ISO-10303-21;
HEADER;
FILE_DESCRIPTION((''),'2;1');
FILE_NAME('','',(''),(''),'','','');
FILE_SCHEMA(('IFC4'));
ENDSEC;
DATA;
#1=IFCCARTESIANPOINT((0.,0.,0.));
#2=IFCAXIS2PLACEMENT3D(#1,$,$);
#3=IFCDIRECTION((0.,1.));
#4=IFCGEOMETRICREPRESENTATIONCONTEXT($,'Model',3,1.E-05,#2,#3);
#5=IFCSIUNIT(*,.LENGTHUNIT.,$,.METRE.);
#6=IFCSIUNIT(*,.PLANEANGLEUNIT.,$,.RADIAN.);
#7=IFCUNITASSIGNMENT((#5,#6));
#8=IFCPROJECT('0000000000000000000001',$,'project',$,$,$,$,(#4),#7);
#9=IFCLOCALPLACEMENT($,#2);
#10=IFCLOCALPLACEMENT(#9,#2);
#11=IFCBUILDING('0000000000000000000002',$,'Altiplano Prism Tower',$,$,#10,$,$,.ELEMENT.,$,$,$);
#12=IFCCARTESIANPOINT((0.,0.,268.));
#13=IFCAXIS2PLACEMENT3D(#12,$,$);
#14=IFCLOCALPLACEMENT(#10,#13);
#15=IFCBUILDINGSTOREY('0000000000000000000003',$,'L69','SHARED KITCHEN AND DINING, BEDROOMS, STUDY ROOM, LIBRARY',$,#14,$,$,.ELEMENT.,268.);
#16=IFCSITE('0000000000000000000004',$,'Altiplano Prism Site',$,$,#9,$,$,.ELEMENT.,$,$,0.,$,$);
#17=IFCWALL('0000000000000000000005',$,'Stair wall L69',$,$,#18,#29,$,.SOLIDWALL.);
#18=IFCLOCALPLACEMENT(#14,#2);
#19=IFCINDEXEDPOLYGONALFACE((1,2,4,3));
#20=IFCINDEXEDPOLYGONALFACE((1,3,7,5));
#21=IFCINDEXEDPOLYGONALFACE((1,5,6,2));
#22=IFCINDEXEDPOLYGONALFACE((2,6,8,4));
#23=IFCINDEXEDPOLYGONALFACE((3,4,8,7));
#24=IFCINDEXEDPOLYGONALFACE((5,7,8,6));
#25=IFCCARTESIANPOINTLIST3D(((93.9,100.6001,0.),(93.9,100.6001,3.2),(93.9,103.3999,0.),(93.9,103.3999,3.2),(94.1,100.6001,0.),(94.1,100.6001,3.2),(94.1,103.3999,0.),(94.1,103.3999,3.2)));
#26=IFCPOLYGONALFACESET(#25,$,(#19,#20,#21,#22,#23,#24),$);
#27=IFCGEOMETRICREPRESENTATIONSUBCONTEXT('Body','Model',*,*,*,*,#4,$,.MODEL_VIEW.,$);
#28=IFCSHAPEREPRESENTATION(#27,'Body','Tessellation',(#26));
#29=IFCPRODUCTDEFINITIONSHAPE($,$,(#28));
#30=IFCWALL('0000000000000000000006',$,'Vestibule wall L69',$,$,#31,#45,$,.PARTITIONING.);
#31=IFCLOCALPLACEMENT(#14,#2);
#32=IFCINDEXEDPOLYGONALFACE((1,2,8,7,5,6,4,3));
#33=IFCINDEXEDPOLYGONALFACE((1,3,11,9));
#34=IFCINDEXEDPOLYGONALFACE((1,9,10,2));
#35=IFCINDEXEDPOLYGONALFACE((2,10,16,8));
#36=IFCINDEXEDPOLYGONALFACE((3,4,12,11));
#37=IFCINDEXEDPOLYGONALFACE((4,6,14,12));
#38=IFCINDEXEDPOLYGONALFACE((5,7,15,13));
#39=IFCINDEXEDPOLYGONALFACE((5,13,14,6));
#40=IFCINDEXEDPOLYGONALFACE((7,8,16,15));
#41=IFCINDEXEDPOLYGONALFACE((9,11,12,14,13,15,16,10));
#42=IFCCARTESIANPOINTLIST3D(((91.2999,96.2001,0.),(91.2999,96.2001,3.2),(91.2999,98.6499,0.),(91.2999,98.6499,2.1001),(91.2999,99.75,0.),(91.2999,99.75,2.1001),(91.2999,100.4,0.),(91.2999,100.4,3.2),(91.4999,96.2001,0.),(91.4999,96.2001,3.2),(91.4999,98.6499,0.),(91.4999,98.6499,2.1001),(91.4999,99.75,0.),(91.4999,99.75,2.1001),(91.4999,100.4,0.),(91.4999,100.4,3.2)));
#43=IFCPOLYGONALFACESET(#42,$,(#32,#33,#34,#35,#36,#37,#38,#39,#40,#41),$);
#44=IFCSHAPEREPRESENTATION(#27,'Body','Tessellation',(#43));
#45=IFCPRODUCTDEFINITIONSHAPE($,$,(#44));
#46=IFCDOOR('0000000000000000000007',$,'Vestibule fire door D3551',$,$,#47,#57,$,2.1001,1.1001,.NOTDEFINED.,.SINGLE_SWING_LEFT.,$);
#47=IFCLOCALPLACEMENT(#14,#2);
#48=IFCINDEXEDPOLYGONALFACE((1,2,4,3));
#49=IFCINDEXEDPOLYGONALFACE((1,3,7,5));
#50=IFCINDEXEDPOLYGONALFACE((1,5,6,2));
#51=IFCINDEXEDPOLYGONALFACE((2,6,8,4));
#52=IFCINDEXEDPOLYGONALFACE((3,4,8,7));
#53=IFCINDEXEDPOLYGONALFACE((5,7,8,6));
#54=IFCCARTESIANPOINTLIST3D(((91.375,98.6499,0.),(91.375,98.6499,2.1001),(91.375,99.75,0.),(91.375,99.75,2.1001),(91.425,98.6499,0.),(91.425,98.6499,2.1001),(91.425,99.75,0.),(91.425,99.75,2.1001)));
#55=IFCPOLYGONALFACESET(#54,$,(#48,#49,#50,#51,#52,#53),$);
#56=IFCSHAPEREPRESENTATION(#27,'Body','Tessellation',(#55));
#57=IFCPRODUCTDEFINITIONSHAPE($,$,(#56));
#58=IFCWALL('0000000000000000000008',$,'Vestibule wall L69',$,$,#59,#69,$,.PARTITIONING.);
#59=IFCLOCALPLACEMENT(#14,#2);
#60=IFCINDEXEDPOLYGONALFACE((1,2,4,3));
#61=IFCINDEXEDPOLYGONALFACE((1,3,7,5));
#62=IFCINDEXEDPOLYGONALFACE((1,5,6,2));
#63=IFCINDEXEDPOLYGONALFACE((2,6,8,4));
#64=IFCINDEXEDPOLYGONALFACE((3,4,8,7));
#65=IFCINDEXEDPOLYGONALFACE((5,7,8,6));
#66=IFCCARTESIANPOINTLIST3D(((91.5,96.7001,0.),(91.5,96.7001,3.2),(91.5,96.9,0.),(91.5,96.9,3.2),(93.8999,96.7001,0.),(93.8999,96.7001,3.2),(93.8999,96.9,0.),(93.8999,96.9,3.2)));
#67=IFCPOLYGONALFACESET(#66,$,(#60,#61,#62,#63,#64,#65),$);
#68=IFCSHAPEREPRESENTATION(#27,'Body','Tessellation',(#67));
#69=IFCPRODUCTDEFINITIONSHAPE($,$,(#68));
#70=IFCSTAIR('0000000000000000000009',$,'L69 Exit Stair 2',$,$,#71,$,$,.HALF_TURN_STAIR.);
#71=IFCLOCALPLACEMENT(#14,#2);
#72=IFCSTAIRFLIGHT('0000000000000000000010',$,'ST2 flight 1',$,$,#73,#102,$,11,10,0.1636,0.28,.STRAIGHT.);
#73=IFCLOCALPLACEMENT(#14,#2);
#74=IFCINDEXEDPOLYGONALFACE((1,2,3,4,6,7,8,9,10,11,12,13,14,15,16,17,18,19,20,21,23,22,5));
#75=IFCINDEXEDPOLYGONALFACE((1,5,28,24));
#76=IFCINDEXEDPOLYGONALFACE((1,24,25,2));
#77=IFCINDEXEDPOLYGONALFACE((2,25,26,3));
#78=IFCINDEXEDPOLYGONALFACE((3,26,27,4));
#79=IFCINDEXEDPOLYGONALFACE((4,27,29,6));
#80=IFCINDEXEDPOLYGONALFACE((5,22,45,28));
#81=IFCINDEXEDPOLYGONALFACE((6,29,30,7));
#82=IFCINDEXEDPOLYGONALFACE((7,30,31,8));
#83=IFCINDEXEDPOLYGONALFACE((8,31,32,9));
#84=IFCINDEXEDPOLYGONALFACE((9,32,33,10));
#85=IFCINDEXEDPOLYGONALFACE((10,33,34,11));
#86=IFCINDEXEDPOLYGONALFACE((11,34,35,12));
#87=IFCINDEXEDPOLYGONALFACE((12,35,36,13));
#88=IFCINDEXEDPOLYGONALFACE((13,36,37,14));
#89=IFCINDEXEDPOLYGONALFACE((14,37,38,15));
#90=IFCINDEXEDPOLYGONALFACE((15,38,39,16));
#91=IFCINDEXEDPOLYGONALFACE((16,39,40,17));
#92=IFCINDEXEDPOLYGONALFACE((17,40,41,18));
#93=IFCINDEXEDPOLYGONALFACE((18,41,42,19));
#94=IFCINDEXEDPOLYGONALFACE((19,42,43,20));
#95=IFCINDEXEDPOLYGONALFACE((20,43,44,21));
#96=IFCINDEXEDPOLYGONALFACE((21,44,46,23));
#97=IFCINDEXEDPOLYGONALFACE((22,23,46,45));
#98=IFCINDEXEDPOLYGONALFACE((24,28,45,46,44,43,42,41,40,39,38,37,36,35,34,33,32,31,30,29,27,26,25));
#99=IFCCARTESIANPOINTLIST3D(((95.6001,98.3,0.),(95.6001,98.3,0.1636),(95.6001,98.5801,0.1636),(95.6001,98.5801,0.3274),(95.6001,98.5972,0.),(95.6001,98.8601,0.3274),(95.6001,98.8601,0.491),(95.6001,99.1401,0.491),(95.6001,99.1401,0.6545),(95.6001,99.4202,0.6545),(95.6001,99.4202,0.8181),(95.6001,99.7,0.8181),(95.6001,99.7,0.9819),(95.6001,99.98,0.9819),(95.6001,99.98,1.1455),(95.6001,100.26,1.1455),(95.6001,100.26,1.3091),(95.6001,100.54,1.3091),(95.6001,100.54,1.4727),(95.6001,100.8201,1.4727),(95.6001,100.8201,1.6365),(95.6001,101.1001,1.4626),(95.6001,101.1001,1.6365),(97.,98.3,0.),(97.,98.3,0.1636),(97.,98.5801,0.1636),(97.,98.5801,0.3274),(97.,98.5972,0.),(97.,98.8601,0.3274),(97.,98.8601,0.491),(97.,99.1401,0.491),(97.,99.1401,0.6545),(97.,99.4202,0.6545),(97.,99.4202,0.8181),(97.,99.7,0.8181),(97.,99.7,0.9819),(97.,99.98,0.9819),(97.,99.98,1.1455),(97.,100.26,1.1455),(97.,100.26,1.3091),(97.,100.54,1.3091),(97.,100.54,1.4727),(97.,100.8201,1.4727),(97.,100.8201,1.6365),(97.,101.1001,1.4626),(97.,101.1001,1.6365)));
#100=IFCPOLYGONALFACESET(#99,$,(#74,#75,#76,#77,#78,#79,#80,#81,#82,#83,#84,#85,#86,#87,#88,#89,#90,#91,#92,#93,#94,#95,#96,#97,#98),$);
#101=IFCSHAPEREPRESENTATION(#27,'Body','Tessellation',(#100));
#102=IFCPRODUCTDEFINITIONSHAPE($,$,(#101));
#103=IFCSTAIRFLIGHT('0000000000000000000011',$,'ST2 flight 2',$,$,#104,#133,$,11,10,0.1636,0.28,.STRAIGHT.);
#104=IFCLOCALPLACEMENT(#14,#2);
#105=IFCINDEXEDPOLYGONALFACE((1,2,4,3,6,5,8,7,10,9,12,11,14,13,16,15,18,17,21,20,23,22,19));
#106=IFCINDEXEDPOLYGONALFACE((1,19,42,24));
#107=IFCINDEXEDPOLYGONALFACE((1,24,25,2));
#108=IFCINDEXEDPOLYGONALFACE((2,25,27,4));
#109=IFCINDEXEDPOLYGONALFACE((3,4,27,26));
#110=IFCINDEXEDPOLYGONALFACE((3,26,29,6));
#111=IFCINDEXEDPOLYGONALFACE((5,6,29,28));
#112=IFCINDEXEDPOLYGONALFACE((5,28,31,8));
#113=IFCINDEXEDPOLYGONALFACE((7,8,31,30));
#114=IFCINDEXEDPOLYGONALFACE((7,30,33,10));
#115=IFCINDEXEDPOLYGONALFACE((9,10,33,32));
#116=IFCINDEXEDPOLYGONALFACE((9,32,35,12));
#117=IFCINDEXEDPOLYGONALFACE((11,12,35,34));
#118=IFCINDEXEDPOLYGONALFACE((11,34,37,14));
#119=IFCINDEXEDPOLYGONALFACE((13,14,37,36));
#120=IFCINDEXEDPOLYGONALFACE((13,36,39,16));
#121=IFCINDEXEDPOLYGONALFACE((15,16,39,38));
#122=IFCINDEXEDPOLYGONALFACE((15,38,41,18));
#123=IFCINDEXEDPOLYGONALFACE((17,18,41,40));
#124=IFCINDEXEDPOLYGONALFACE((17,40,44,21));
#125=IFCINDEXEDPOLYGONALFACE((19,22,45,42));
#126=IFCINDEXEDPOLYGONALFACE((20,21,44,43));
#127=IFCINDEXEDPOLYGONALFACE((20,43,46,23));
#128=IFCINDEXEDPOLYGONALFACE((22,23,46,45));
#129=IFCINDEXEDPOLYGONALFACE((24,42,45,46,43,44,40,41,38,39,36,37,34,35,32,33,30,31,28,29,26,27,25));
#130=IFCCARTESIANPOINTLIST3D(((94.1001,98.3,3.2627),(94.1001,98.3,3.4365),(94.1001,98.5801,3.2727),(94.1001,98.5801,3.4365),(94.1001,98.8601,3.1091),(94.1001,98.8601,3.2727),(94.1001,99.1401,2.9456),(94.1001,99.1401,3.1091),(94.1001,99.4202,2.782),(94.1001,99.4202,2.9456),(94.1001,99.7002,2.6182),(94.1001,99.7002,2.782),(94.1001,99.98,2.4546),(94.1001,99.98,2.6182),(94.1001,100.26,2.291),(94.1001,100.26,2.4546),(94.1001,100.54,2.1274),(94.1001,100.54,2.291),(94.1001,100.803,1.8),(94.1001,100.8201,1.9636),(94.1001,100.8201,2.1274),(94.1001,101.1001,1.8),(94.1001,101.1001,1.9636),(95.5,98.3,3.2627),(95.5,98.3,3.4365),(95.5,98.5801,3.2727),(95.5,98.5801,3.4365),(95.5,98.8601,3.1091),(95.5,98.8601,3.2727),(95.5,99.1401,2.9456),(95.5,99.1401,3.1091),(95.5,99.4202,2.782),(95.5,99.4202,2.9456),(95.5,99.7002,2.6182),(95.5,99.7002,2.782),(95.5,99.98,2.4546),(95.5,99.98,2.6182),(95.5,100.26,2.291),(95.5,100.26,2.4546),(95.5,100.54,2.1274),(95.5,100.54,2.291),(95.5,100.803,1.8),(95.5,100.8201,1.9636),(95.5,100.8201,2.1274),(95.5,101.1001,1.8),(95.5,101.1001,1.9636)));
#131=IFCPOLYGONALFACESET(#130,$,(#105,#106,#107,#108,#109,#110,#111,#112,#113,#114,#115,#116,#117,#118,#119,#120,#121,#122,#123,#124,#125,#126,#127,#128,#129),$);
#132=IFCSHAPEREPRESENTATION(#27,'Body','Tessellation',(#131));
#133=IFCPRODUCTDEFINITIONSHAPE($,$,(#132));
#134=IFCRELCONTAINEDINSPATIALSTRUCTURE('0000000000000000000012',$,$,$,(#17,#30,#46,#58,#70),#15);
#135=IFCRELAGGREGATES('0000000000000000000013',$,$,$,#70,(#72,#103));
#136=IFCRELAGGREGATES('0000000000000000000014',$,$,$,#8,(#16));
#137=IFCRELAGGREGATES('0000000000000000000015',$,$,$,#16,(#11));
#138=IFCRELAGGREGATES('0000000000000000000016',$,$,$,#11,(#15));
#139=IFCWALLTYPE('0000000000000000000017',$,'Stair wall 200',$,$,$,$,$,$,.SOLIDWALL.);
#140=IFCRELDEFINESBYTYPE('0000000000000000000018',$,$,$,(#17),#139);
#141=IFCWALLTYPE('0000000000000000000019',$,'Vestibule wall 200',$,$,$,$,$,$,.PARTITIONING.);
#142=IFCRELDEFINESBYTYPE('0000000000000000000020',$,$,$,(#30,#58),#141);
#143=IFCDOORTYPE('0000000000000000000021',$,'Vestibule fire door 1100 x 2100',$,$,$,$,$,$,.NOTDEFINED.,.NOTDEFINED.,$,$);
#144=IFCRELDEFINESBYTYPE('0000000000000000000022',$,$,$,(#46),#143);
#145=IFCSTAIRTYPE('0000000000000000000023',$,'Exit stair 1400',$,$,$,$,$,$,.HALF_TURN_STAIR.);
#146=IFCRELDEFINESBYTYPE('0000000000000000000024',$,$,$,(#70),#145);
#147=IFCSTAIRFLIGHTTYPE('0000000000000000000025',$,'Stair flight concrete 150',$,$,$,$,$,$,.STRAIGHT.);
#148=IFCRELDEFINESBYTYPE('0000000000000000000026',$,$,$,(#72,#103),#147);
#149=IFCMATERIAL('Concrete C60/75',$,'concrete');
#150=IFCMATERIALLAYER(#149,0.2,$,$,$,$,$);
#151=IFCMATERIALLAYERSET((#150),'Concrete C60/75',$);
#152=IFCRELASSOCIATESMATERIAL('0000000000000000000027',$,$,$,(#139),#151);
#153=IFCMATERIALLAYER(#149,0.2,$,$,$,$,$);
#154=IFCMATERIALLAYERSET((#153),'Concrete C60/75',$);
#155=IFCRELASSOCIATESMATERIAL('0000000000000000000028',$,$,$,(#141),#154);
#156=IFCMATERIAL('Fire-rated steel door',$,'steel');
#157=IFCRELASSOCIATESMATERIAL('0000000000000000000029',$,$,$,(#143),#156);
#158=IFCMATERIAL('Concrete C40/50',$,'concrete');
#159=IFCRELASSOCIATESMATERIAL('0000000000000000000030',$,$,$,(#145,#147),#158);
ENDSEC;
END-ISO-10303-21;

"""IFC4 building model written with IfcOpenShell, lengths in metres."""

from ifc_helpers import new_model, si_unit, direction, frame, frame_2d, origin, place, context, subcontext, project, spatial, polyline, rectangle, outline, extrude, material, layer, layer_set, type_object, element, fill, aggregate, save


model = new_model("IFC4")

# Units and contexts
model_context = context("Model", 3, precision=1e-05, world=origin(), true_north=direction((0.0, 1.0)))
body_context = subcontext(model_context, "Body", "Model", "MODEL_VIEW")
ifc_project = project(units=[si_unit("LENGTHUNIT", "METRE"), si_unit("PLANEANGLEUNIT", "RADIAN")], contexts=[model_context])

# Site, building, storey
site_placement = place(None, origin())
site = spatial("IfcSite", under=ifc_project, at=site_placement, Name="Altiplano Prism Site", CompositionType="ELEMENT", RefElevation=0.0)
building_placement = place(site_placement, origin())
building = spatial("IfcBuilding", under=site, at=building_placement, Name="Altiplano Prism Tower", CompositionType="ELEMENT")
storey_placement = place(building_placement, frame((0.0, 0.0, 268.0)))
storey = spatial("IfcBuildingStorey", under=building, at=storey_placement, Name="L69", Description="SHARED KITCHEN AND DINING, BEDROOMS, STUDY ROOM, LIBRARY", CompositionType="ELEMENT", Elevation=268.0)

# Shared definitions
ifc_material_1 = material(Name="Concrete C60/75", Category="concrete")

# Shared definitions
ifc_layer_1 = layer(ifc_material_1, 0.2)
ifc_layer_set_1 = layer_set([ifc_layer_1], Name="Concrete C60/75")
wall_type_1 = type_object("IfcWallType", Name="Stair wall 200", PredefinedType="SOLIDWALL", material=ifc_layer_set_1)
ifc_material_2 = material(Name="Fire-rated steel door", Category="steel")

# Wall
wall_1_placement = place(storey_placement, frame((94.0, 100.6001, 0.0), z_axis=(0.0, 0.0, 1.0), x_axis=(0.0, 1.0, 0.0)))
element("IfcWall", 1, at=wall_1_placement, inside=storey, type_object=wall_type_1, Name="Stair wall L69", PredefinedType="SOLIDWALL", context=body_context, shape_type="SweptSolid", body=[
    extrude(rectangle(XDim=2.7998, YDim=0.2, at=frame_2d((1.3999, 0.0))), origin(), (0.0, 0.0, 1.0), 3.2),
])

# Wall, opening, door
ifc_layer_2 = layer(ifc_material_1, 0.2)
ifc_layer_set_2 = layer_set([ifc_layer_2], Name="Concrete C60/75")
wall_type_2 = type_object("IfcWallType", Name="Vestibule wall 200", PredefinedType="PARTITIONING", material=ifc_layer_set_2)
wall_2_placement = place(storey_placement, frame((91.3999, 96.2, 0.0), z_axis=(0.0, 0.0, 1.0), x_axis=(0.0, 1.0, 0.0)))
wall_2 = element("IfcWall", 2, at=wall_2_placement, inside=storey, type_object=wall_type_2, Name="Vestibule wall L69", PredefinedType="PARTITIONING", context=body_context, shape_type="SweptSolid", body=[
    extrude(rectangle(XDim=4.2, YDim=0.2, at=frame_2d((2.1001, 0.0))), origin(), (0.0, 0.0, 1.0), 3.2),
])
opening_1_placement = place(wall_2_placement, frame((2.45, 0.0, 0.0)))
opening_1 = element("IfcOpeningElement", 3, at=opening_1_placement, cuts=wall_2, PredefinedType="OPENING", context=body_context, shape_type="SweptSolid", body=[
    extrude(rectangle(XDim=1.1001, YDim=2.1001, at=frame_2d((0.55, 1.05))), frame((0.0, 0.1104, 0.0), z_axis=(0.0, -1.0, 0.0), x_axis=(1.0, 0.0, 0.0)), (0.0, 0.0, 1.0), 0.2209),
])
door_type_1 = type_object("IfcDoorType", Name="Vestibule fire door 1100 x 2100", OperationType="NOTDEFINED", PredefinedType="NOTDEFINED", material=ifc_material_2)
door_1_placement = place(opening_1_placement, origin())
door_1 = element("IfcDoor", 4, at=door_1_placement, inside=storey, type_object=door_type_1, Name="Vestibule fire door D3551", OperationType="SINGLE_SWING_LEFT", OverallHeight=2.1001, OverallWidth=1.1001, PredefinedType="NOTDEFINED", context=body_context, shape_type="SweptSolid", body=[
    extrude(rectangle(XDim=1.1001, YDim=2.1001, at=frame_2d((0.55, 1.05))), frame((0.0, 0.0249, 0.0), z_axis=(0.0, -1.0, 0.0), x_axis=(1.0, 0.0, 0.0)), (0.0, 0.0, 1.0), 0.05),
])
fill(opening_1, door_1)

# Wall
wall_3_placement = place(storey_placement, frame((91.5, 96.8, 0.0), z_axis=(0.0, 0.0, 1.0), x_axis=(1.0, 0.0, 0.0)))
element("IfcWall", 5, at=wall_3_placement, inside=storey, type_object=wall_type_2, Name="Vestibule wall L69", PredefinedType="PARTITIONING", context=body_context, shape_type="SweptSolid", body=[
    extrude(rectangle(XDim=2.3999, YDim=0.2, at=frame_2d((1.2, 0.0))), origin(), (0.0, 0.0, 1.0), 3.2),
])

# Stair, stair flights
ifc_material_3 = material(Name="Concrete C40/50", Category="concrete")
stair_type = type_object("IfcStairType", Name="Exit stair 1400", PredefinedType="HALF_TURN_STAIR", material=ifc_material_3)
stair_placement = place(storey_placement, origin())
stair = element("IfcStair", 6, at=stair_placement, inside=storey, type_object=stair_type, Name="L69 Exit Stair 2", PredefinedType="HALF_TURN_STAIR")
stair_flight_type = type_object("IfcStairFlightType", Name="Stair flight concrete 150", PredefinedType="STRAIGHT", material=ifc_material_3)
stair_flight_1_placement = place(storey_placement, frame((96.3, 98.3, 0.0), z_axis=(0.0, 0.0, 1.0), x_axis=(0.0, 1.0, 0.0)))
stair_flight_1 = element("IfcStairFlight", 7, at=stair_flight_1_placement, type_object=stair_flight_type, Name="ST2 flight 1", NumberOfRisers=11, NumberOfTreads=10, PredefinedType="STRAIGHT", RiserHeight=0.1636, TreadLength=0.28, context=body_context, shape_type="SweptSolid", body=[
    extrude(outline(polyline([(0.0, 0.0), (0.0, 0.1636), (0.28, 0.1636), (0.28, 0.3274), (0.5601, 0.3274), (0.5601, 0.491), (0.8401, 0.491), (0.8401, 0.6545), (1.1201, 0.6545), (1.1201, 0.8181), (1.3999, 0.8181), (1.3999, 0.9819), (1.6799, 0.9819), (1.6799, 1.1455), (1.96, 1.1455), (1.96, 1.3091), (2.24, 1.3091), (2.24, 1.4727), (2.52, 1.4727), (2.52, 1.6365), (2.8, 1.6365), (2.8, 1.8), (2.8, 1.4626), (0.2971, 0.0), (0.0, 0.0)])), frame((0.0, 0.7, 0.0), z_axis=(0.0, -1.0, 0.0), x_axis=(1.0, 0.0, 0.0)), (0.0, 0.0, 1.0), 1.3999),
])
stair_flight_2_placement = place(storey_placement, frame((94.8, 101.1001, 1.8), z_axis=(0.0, 0.0, 1.0), x_axis=(0.0, -1.0, 0.0)))
stair_flight_2 = element("IfcStairFlight", 8, at=stair_flight_2_placement, type_object=stair_flight_type, Name="ST2 flight 2", NumberOfRisers=11, NumberOfTreads=10, PredefinedType="STRAIGHT", RiserHeight=0.1636, TreadLength=0.28, context=body_context, shape_type="SweptSolid", body=[
    extrude(outline(polyline([(0.0, 0.0), (0.0, 0.1636), (0.28, 0.1636), (0.28, 0.3274), (0.5601, 0.3274), (0.5601, 0.491), (0.8401, 0.491), (0.8401, 0.6545), (1.1201, 0.6545), (1.1201, 0.8181), (1.3999, 0.8181), (1.3999, 0.9819), (1.6799, 0.9819), (1.6799, 1.1455), (1.96, 1.1455), (1.96, 1.3091), (2.24, 1.3091), (2.24, 1.4727), (2.52, 1.4727), (2.52, 1.6365), (2.8, 1.6365), (2.8, 1.8), (2.8, 1.4626), (0.2971, 0.0), (0.0, 0.0)])), frame((0.0, 0.7, 0.0), z_axis=(0.0, -1.0, 0.0), x_axis=(1.0, 0.0, 0.0)), (0.0, 0.0, 1.0), 1.3999),
])
aggregate(stair, [stair_flight_1, stair_flight_2])

save(model, "model.ifc")
